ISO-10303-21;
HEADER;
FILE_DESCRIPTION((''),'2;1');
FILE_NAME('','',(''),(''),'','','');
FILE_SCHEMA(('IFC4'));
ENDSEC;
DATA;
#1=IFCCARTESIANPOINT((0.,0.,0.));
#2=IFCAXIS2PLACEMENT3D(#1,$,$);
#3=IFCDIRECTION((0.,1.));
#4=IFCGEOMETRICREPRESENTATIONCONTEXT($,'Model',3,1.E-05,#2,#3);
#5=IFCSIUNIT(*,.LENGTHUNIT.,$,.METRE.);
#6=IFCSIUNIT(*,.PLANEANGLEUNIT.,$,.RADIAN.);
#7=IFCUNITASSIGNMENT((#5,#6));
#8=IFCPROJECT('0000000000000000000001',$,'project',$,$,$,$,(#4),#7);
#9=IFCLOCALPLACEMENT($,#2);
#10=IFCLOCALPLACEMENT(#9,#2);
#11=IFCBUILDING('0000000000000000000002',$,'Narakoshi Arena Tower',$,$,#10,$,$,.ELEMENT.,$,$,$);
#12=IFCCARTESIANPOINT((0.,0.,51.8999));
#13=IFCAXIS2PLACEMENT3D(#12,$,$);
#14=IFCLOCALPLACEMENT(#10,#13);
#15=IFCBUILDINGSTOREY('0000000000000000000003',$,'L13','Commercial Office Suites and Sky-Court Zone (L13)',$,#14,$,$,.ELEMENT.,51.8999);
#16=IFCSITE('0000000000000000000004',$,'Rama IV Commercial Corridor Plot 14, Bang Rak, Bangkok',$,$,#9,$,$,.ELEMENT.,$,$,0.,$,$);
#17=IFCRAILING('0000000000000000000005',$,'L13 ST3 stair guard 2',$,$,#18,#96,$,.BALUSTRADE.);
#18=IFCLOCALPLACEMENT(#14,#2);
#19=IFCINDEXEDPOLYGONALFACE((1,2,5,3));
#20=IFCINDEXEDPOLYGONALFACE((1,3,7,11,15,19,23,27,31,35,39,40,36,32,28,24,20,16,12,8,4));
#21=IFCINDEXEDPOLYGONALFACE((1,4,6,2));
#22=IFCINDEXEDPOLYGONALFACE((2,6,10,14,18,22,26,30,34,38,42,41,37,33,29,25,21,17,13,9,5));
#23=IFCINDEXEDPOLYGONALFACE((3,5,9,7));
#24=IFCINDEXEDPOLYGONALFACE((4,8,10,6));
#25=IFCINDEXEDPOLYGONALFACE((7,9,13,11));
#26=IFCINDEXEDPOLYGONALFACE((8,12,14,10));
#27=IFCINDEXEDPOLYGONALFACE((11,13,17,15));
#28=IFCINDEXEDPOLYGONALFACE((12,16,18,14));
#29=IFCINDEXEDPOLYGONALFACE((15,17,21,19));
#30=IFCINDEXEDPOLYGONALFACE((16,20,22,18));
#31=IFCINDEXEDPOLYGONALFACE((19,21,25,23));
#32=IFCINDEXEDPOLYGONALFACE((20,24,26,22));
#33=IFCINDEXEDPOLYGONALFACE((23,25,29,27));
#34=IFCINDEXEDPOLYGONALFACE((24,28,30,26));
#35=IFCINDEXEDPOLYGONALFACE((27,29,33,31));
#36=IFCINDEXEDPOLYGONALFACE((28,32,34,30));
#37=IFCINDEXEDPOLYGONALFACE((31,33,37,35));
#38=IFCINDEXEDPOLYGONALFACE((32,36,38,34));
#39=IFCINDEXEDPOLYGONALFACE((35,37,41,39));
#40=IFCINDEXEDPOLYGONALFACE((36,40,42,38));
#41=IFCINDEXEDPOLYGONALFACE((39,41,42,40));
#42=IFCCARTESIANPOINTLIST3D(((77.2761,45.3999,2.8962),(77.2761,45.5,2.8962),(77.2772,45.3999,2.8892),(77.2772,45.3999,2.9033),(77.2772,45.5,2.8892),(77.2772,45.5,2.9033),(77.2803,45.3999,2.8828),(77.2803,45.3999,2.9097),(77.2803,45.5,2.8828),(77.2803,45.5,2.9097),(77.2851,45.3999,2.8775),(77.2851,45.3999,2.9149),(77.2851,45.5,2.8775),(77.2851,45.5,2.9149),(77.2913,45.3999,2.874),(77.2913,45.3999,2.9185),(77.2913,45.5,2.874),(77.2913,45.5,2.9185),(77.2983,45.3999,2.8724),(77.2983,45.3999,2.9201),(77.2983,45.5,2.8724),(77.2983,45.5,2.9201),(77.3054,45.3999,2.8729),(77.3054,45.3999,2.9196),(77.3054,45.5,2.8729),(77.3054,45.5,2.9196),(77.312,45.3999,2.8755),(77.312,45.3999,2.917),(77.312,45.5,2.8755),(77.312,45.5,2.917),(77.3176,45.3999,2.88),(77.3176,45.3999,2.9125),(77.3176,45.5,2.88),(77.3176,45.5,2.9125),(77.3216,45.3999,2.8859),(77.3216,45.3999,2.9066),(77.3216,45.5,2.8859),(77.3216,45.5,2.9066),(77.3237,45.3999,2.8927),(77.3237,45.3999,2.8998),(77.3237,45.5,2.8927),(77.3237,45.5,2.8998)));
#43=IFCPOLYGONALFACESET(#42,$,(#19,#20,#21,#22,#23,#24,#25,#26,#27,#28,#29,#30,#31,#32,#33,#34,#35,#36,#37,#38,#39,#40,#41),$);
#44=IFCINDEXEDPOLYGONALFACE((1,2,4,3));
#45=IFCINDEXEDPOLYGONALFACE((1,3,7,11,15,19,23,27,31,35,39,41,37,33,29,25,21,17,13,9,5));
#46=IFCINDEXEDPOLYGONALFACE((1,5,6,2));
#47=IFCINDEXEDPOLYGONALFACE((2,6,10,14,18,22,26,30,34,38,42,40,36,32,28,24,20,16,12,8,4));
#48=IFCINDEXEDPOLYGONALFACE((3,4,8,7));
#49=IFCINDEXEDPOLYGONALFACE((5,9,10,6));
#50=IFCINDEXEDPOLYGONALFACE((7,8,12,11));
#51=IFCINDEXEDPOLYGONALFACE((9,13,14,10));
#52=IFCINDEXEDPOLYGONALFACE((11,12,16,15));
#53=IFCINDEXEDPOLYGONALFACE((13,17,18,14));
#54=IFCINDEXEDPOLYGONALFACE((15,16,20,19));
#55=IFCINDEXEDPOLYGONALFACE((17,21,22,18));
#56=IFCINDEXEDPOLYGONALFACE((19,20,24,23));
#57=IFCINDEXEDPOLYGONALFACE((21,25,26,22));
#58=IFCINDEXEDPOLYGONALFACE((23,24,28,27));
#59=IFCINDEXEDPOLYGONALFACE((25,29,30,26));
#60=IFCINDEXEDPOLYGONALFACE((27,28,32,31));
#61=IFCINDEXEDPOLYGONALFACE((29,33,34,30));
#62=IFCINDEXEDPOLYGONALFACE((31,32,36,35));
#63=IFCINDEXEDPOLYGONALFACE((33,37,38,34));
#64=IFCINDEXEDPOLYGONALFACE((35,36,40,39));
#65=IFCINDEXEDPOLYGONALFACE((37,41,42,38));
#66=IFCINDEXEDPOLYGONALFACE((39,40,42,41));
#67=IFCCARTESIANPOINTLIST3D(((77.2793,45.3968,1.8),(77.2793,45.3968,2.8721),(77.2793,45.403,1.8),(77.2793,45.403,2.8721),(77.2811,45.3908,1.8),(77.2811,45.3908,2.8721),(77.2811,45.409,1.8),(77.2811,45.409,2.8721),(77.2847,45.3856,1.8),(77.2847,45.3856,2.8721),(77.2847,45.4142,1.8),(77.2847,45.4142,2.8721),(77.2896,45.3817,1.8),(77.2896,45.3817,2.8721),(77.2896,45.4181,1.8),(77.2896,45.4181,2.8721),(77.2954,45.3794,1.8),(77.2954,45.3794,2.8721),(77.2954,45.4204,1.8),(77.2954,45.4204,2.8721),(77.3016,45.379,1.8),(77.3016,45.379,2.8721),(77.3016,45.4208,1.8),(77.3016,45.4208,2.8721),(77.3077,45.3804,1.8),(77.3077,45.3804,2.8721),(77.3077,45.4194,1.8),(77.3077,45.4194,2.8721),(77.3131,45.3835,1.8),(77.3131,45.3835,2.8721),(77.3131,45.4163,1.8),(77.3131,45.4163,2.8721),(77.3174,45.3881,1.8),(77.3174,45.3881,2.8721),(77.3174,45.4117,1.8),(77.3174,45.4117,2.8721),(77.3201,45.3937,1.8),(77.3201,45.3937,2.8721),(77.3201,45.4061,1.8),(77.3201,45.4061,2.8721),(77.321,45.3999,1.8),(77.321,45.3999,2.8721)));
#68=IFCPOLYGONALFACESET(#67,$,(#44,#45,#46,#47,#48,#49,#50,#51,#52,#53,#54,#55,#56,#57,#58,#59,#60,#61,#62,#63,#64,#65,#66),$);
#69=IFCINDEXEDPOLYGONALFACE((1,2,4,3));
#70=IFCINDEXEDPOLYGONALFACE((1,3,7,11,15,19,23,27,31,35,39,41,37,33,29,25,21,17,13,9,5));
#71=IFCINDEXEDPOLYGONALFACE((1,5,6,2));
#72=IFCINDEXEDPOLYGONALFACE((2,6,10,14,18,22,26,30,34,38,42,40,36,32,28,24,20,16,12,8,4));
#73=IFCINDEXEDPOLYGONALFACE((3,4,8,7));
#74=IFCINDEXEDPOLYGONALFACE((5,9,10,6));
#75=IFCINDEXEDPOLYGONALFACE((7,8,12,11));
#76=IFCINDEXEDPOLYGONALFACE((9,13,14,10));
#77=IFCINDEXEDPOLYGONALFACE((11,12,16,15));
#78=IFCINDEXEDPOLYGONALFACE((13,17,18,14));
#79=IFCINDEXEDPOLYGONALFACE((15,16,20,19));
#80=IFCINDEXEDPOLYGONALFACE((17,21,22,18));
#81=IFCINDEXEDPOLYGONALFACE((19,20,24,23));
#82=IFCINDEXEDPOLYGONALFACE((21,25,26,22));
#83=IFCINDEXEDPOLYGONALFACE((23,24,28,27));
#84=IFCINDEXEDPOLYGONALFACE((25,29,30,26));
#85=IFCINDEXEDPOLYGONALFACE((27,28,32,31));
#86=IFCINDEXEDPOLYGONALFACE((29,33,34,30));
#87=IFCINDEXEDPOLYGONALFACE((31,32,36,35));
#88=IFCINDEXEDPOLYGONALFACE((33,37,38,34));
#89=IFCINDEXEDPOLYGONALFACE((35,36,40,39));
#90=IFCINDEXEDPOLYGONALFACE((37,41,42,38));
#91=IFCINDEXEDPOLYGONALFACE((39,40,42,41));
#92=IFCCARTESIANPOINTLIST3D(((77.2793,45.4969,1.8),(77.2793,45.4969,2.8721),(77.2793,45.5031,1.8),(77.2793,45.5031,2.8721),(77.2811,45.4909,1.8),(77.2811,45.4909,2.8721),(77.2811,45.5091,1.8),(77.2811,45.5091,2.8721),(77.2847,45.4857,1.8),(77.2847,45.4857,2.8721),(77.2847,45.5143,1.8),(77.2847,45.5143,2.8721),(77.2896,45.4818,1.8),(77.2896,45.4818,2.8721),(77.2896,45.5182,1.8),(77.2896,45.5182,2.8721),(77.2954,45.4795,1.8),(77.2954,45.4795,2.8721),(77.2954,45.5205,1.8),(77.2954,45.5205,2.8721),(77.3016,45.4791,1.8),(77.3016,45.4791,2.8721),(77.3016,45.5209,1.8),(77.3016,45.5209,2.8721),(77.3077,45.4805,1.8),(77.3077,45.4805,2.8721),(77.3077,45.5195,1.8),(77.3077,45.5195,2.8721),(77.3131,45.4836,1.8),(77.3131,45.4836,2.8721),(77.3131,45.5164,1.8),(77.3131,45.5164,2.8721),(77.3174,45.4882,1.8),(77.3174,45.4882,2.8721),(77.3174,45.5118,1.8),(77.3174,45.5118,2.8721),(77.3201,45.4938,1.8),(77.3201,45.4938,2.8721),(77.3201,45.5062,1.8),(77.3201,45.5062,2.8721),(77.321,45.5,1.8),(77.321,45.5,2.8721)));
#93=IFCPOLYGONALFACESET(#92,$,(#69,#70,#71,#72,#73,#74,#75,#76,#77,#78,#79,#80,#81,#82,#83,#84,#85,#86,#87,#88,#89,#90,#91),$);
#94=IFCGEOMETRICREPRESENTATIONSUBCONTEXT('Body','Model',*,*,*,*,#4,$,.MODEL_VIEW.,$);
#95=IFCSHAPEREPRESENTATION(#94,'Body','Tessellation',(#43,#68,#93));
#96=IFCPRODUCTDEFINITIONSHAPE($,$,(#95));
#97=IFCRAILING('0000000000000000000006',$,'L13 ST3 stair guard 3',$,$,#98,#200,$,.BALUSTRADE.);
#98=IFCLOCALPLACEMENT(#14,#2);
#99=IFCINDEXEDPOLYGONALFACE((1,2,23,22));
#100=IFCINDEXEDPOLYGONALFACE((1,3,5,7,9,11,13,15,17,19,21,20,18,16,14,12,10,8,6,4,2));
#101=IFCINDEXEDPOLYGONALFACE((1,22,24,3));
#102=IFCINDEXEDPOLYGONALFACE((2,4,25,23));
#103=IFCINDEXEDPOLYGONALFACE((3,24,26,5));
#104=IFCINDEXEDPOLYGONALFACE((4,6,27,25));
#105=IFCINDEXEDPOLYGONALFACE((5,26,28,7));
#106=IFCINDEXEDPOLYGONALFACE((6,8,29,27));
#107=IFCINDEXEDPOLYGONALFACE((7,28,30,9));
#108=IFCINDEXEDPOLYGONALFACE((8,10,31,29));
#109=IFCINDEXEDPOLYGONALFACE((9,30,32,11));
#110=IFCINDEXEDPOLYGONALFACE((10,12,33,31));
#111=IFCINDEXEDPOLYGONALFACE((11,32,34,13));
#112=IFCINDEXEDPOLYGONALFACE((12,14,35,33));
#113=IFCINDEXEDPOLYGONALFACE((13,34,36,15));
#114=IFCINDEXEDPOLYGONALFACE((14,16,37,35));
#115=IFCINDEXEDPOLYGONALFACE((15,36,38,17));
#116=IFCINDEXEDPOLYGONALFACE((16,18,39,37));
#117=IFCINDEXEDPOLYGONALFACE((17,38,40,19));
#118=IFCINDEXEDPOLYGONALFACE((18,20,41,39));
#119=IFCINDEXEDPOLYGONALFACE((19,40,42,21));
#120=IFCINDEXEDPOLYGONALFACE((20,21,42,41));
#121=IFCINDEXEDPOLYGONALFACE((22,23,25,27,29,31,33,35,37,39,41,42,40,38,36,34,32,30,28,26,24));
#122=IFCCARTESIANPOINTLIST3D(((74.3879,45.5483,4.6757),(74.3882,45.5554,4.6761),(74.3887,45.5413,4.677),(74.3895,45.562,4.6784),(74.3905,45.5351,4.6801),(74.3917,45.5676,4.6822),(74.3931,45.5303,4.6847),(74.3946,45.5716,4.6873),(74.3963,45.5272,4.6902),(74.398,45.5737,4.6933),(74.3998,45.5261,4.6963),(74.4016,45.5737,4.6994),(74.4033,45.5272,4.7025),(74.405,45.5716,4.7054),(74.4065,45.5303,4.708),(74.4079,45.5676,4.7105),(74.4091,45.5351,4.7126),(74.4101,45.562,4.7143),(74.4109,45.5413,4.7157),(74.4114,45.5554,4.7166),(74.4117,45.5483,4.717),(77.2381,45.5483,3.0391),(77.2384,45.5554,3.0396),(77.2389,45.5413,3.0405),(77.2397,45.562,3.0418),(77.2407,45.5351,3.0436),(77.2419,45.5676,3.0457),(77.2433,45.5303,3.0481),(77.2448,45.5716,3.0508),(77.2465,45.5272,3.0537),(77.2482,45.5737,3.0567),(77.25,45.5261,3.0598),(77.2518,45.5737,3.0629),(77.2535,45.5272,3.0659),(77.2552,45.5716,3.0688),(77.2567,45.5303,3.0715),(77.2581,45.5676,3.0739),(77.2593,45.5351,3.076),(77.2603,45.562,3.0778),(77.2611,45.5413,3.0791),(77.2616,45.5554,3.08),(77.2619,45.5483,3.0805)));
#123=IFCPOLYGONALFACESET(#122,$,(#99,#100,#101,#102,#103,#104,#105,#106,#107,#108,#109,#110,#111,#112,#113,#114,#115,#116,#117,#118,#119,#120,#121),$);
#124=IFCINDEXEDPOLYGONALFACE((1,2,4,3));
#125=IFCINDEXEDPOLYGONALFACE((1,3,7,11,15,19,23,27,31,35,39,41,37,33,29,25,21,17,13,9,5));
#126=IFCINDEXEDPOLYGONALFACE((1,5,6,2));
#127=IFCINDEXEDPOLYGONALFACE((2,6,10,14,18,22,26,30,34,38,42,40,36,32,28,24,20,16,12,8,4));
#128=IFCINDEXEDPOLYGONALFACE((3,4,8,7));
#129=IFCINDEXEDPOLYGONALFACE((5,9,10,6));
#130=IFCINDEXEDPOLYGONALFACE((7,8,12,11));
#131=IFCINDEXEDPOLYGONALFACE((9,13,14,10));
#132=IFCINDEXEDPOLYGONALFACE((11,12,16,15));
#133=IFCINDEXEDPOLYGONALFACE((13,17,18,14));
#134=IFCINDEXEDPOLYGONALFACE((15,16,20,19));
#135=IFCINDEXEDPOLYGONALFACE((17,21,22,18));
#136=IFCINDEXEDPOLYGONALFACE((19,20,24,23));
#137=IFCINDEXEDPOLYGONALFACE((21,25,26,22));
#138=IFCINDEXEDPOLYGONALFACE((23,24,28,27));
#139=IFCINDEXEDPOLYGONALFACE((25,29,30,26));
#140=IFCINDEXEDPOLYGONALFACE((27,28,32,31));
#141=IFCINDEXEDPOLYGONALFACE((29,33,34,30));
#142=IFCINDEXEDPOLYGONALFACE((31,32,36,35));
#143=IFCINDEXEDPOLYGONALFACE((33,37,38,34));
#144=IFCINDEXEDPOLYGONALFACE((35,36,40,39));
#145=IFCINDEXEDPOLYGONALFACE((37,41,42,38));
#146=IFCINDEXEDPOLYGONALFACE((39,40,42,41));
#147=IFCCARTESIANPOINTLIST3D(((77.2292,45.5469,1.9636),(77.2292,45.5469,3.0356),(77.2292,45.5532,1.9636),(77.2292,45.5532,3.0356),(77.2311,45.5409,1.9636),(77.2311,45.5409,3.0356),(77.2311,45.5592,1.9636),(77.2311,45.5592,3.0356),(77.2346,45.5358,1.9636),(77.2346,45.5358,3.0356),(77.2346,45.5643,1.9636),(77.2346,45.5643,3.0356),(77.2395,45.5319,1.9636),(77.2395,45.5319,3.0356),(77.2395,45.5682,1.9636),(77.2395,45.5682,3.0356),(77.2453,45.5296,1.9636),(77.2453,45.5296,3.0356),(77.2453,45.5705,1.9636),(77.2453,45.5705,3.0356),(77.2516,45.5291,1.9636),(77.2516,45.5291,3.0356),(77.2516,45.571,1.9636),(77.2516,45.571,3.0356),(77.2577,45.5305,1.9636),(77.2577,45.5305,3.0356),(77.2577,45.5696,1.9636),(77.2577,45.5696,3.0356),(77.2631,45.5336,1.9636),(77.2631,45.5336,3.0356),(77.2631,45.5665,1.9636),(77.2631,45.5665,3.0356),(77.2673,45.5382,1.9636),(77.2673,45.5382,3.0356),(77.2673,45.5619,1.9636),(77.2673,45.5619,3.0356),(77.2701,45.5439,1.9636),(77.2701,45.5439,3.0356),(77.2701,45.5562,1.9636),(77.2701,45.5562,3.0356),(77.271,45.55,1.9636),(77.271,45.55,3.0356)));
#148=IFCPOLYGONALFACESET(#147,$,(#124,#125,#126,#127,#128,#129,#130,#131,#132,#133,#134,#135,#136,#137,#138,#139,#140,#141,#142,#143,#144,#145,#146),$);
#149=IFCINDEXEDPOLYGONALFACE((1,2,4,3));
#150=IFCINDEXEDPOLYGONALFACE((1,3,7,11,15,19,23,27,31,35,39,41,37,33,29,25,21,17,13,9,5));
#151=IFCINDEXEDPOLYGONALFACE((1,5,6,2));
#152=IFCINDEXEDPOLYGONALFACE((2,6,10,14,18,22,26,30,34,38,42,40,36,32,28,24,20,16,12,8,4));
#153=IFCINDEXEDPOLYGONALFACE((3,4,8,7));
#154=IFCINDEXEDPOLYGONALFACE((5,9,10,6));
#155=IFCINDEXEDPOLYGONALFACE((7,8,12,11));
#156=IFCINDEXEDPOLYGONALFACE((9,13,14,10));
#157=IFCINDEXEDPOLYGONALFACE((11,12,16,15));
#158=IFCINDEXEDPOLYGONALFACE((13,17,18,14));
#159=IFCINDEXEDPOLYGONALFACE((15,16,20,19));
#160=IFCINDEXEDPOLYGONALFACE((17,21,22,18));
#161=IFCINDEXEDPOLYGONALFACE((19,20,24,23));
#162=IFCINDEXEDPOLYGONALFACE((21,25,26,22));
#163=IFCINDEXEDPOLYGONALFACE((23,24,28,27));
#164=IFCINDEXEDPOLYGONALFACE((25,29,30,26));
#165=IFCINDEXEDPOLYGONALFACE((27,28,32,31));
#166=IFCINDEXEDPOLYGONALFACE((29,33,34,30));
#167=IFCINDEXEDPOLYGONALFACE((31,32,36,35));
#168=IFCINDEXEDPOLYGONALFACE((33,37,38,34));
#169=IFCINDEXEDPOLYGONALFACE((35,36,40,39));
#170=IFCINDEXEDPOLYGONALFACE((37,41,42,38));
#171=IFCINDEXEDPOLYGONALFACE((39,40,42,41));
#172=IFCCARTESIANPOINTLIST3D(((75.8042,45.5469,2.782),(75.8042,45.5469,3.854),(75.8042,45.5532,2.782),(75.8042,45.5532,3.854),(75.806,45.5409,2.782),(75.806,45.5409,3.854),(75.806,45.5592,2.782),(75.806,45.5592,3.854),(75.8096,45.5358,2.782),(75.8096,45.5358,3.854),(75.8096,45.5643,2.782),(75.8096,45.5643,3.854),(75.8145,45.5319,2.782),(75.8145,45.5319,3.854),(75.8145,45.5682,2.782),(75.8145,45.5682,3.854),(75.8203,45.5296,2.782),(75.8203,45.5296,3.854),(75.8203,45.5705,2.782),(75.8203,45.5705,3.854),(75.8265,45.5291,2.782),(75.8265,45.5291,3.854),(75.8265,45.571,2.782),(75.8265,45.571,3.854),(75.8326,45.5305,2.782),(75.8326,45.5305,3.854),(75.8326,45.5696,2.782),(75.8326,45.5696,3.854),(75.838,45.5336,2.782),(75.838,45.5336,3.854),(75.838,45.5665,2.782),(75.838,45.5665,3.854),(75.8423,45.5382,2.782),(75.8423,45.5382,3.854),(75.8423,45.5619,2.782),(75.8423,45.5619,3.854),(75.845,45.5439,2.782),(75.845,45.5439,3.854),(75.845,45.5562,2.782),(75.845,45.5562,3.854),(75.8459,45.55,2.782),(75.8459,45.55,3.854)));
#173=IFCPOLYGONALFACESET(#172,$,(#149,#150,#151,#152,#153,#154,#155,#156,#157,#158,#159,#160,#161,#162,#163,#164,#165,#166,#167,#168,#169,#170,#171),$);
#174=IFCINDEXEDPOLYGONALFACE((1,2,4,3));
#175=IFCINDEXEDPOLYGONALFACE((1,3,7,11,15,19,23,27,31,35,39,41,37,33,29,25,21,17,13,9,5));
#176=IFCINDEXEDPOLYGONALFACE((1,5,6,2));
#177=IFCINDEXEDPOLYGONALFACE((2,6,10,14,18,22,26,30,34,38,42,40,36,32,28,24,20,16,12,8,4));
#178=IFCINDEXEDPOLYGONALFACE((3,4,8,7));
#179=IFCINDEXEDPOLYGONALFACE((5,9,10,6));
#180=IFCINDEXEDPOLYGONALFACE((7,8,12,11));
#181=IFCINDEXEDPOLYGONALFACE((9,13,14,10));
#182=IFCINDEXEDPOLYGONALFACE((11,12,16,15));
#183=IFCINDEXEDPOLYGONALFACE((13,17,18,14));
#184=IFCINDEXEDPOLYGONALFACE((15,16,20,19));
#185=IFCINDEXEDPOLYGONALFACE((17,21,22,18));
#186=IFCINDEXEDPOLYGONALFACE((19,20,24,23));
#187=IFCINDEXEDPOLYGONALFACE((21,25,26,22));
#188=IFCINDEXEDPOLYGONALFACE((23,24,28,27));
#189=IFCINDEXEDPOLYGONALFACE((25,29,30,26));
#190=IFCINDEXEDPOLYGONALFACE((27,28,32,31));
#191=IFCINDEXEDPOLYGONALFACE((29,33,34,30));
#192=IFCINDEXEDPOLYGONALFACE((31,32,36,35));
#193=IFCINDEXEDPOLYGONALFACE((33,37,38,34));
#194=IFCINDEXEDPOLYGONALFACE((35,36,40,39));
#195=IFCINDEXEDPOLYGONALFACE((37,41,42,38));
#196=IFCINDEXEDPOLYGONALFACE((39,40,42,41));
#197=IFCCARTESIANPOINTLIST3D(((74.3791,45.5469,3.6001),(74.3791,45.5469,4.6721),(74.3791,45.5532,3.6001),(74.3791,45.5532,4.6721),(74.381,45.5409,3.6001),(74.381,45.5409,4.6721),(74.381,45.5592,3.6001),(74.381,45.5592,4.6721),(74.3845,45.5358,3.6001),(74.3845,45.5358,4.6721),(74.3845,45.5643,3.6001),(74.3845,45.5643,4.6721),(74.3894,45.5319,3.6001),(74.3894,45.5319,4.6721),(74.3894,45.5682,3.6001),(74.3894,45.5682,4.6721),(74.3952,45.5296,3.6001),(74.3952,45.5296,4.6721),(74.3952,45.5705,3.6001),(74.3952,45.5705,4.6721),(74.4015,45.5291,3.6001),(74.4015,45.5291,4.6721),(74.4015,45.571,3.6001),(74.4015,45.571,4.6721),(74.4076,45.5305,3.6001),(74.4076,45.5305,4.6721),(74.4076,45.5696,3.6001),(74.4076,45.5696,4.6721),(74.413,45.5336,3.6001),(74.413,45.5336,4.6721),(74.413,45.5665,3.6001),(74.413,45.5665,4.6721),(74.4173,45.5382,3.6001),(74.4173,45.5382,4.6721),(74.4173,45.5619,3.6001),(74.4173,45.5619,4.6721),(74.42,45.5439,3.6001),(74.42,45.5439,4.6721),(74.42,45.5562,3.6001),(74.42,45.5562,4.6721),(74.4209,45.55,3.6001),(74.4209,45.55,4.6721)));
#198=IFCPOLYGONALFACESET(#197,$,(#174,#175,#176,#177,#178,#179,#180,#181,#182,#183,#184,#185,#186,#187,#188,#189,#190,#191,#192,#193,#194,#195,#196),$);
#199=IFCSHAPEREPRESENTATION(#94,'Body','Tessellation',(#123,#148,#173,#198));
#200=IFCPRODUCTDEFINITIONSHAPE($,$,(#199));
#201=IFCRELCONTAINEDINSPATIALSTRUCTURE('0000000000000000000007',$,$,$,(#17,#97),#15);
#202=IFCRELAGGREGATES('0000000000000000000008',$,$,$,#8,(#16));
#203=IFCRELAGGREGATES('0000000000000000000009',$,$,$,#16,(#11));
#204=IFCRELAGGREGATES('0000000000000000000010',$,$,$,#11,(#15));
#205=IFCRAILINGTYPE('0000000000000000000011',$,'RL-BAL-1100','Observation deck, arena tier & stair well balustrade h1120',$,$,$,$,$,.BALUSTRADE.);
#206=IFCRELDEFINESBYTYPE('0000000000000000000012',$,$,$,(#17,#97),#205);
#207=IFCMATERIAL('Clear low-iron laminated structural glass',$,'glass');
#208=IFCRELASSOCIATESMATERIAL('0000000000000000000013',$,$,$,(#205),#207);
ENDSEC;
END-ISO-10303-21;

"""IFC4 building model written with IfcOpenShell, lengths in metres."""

from ifc_helpers import new_model, si_unit, direction, frame, origin, origin_2d, place, context, subcontext, project, spatial, circle, extrude, material, type_object, element, save


model = new_model("IFC4")

# Units and contexts
model_context = context("Model", 3, precision=1e-05, world=origin(), true_north=direction((0.0, 1.0)))
body_context = subcontext(model_context, "Body", "Model", "MODEL_VIEW")
ifc_project = project(units=[si_unit("LENGTHUNIT", "METRE"), si_unit("PLANEANGLEUNIT", "RADIAN")], contexts=[model_context])

# Site, building, storey
site_placement = place(None, origin())
site = spatial("IfcSite", under=ifc_project, at=site_placement, Name="Rama IV Commercial Corridor Plot 14, Bang Rak, Bangkok", CompositionType="ELEMENT", RefElevation=0.0)
building_placement = place(site_placement, origin())
building = spatial("IfcBuilding", under=site, at=building_placement, Name="Narakoshi Arena Tower", CompositionType="ELEMENT")
storey_placement = place(building_placement, frame((0.0, 0.0, 51.8999)))
storey = spatial("IfcBuildingStorey", under=building, at=storey_placement, Name="L13", Description="Commercial Office Suites and Sky-Court Zone (L13)", CompositionType="ELEMENT", Elevation=51.8999)

# Railings
ifc_material_1 = material(Name="Clear low-iron laminated structural glass", Category="glass")
railing_type_1 = type_object("IfcRailingType", Name="RL-BAL-1100", Description="Observation deck, arena tier & stair well balustrade h1120", PredefinedType="BALUSTRADE", material=ifc_material_1)
railing_1_placement = place(storey_placement, frame((77.3, 45.3999, 1.8)))
element("IfcRailing", 1, at=railing_1_placement, inside=storey, type_object=railing_type_1, Name="L13 ST3 stair guard 2", PredefinedType="BALUSTRADE", context=body_context, shape_type="SweptSolid", body=[
    extrude(circle(Radius=0.0239, at=origin_2d()), frame((0.0, 0.0, 1.0962), z_axis=(0.0, 1.0, 0.0), x_axis=(-1.0, 0.0, 0.0)), (0.0, 0.0, 1.0), 0.1001),
    extrude(circle(Radius=0.021, at=origin_2d()), origin(), (0.0, 0.0, 1.0), 1.072),
    extrude(circle(Radius=0.021, at=origin_2d()), frame((0.0, 0.1001, 0.0)), (0.0, 0.0, 1.0), 1.072),
])
railing_2_placement = place(storey_placement, frame((77.25, 45.55, 1.9636)))
element("IfcRailing", 2, at=railing_2_placement, inside=storey, type_object=railing_type_1, Name="L13 ST3 stair guard 3", PredefinedType="BALUSTRADE", context=body_context, shape_type="SweptSolid", body=[
    extrude(circle(Radius=0.0239, at=origin_2d()), frame((0.0, 0.0, 1.0962), z_axis=(-0.867213, 0.0, 0.497938), x_axis=(0.0, -1.0, 0.0)), (0.0, 0.0, 1.0), 3.2866),
    extrude(circle(Radius=0.021, at=origin_2d()), origin(), (0.0, 0.0, 1.0), 1.072),
    extrude(circle(Radius=0.021, at=origin_2d()), frame((-1.425, 0.0, 0.8184)), (0.0, 0.0, 1.0), 1.072),
    extrude(circle(Radius=0.021, at=origin_2d()), frame((-2.8501, 0.0, 1.6365)), (0.0, 0.0, 1.0), 1.072),
])

save(model, "model.ifc")
